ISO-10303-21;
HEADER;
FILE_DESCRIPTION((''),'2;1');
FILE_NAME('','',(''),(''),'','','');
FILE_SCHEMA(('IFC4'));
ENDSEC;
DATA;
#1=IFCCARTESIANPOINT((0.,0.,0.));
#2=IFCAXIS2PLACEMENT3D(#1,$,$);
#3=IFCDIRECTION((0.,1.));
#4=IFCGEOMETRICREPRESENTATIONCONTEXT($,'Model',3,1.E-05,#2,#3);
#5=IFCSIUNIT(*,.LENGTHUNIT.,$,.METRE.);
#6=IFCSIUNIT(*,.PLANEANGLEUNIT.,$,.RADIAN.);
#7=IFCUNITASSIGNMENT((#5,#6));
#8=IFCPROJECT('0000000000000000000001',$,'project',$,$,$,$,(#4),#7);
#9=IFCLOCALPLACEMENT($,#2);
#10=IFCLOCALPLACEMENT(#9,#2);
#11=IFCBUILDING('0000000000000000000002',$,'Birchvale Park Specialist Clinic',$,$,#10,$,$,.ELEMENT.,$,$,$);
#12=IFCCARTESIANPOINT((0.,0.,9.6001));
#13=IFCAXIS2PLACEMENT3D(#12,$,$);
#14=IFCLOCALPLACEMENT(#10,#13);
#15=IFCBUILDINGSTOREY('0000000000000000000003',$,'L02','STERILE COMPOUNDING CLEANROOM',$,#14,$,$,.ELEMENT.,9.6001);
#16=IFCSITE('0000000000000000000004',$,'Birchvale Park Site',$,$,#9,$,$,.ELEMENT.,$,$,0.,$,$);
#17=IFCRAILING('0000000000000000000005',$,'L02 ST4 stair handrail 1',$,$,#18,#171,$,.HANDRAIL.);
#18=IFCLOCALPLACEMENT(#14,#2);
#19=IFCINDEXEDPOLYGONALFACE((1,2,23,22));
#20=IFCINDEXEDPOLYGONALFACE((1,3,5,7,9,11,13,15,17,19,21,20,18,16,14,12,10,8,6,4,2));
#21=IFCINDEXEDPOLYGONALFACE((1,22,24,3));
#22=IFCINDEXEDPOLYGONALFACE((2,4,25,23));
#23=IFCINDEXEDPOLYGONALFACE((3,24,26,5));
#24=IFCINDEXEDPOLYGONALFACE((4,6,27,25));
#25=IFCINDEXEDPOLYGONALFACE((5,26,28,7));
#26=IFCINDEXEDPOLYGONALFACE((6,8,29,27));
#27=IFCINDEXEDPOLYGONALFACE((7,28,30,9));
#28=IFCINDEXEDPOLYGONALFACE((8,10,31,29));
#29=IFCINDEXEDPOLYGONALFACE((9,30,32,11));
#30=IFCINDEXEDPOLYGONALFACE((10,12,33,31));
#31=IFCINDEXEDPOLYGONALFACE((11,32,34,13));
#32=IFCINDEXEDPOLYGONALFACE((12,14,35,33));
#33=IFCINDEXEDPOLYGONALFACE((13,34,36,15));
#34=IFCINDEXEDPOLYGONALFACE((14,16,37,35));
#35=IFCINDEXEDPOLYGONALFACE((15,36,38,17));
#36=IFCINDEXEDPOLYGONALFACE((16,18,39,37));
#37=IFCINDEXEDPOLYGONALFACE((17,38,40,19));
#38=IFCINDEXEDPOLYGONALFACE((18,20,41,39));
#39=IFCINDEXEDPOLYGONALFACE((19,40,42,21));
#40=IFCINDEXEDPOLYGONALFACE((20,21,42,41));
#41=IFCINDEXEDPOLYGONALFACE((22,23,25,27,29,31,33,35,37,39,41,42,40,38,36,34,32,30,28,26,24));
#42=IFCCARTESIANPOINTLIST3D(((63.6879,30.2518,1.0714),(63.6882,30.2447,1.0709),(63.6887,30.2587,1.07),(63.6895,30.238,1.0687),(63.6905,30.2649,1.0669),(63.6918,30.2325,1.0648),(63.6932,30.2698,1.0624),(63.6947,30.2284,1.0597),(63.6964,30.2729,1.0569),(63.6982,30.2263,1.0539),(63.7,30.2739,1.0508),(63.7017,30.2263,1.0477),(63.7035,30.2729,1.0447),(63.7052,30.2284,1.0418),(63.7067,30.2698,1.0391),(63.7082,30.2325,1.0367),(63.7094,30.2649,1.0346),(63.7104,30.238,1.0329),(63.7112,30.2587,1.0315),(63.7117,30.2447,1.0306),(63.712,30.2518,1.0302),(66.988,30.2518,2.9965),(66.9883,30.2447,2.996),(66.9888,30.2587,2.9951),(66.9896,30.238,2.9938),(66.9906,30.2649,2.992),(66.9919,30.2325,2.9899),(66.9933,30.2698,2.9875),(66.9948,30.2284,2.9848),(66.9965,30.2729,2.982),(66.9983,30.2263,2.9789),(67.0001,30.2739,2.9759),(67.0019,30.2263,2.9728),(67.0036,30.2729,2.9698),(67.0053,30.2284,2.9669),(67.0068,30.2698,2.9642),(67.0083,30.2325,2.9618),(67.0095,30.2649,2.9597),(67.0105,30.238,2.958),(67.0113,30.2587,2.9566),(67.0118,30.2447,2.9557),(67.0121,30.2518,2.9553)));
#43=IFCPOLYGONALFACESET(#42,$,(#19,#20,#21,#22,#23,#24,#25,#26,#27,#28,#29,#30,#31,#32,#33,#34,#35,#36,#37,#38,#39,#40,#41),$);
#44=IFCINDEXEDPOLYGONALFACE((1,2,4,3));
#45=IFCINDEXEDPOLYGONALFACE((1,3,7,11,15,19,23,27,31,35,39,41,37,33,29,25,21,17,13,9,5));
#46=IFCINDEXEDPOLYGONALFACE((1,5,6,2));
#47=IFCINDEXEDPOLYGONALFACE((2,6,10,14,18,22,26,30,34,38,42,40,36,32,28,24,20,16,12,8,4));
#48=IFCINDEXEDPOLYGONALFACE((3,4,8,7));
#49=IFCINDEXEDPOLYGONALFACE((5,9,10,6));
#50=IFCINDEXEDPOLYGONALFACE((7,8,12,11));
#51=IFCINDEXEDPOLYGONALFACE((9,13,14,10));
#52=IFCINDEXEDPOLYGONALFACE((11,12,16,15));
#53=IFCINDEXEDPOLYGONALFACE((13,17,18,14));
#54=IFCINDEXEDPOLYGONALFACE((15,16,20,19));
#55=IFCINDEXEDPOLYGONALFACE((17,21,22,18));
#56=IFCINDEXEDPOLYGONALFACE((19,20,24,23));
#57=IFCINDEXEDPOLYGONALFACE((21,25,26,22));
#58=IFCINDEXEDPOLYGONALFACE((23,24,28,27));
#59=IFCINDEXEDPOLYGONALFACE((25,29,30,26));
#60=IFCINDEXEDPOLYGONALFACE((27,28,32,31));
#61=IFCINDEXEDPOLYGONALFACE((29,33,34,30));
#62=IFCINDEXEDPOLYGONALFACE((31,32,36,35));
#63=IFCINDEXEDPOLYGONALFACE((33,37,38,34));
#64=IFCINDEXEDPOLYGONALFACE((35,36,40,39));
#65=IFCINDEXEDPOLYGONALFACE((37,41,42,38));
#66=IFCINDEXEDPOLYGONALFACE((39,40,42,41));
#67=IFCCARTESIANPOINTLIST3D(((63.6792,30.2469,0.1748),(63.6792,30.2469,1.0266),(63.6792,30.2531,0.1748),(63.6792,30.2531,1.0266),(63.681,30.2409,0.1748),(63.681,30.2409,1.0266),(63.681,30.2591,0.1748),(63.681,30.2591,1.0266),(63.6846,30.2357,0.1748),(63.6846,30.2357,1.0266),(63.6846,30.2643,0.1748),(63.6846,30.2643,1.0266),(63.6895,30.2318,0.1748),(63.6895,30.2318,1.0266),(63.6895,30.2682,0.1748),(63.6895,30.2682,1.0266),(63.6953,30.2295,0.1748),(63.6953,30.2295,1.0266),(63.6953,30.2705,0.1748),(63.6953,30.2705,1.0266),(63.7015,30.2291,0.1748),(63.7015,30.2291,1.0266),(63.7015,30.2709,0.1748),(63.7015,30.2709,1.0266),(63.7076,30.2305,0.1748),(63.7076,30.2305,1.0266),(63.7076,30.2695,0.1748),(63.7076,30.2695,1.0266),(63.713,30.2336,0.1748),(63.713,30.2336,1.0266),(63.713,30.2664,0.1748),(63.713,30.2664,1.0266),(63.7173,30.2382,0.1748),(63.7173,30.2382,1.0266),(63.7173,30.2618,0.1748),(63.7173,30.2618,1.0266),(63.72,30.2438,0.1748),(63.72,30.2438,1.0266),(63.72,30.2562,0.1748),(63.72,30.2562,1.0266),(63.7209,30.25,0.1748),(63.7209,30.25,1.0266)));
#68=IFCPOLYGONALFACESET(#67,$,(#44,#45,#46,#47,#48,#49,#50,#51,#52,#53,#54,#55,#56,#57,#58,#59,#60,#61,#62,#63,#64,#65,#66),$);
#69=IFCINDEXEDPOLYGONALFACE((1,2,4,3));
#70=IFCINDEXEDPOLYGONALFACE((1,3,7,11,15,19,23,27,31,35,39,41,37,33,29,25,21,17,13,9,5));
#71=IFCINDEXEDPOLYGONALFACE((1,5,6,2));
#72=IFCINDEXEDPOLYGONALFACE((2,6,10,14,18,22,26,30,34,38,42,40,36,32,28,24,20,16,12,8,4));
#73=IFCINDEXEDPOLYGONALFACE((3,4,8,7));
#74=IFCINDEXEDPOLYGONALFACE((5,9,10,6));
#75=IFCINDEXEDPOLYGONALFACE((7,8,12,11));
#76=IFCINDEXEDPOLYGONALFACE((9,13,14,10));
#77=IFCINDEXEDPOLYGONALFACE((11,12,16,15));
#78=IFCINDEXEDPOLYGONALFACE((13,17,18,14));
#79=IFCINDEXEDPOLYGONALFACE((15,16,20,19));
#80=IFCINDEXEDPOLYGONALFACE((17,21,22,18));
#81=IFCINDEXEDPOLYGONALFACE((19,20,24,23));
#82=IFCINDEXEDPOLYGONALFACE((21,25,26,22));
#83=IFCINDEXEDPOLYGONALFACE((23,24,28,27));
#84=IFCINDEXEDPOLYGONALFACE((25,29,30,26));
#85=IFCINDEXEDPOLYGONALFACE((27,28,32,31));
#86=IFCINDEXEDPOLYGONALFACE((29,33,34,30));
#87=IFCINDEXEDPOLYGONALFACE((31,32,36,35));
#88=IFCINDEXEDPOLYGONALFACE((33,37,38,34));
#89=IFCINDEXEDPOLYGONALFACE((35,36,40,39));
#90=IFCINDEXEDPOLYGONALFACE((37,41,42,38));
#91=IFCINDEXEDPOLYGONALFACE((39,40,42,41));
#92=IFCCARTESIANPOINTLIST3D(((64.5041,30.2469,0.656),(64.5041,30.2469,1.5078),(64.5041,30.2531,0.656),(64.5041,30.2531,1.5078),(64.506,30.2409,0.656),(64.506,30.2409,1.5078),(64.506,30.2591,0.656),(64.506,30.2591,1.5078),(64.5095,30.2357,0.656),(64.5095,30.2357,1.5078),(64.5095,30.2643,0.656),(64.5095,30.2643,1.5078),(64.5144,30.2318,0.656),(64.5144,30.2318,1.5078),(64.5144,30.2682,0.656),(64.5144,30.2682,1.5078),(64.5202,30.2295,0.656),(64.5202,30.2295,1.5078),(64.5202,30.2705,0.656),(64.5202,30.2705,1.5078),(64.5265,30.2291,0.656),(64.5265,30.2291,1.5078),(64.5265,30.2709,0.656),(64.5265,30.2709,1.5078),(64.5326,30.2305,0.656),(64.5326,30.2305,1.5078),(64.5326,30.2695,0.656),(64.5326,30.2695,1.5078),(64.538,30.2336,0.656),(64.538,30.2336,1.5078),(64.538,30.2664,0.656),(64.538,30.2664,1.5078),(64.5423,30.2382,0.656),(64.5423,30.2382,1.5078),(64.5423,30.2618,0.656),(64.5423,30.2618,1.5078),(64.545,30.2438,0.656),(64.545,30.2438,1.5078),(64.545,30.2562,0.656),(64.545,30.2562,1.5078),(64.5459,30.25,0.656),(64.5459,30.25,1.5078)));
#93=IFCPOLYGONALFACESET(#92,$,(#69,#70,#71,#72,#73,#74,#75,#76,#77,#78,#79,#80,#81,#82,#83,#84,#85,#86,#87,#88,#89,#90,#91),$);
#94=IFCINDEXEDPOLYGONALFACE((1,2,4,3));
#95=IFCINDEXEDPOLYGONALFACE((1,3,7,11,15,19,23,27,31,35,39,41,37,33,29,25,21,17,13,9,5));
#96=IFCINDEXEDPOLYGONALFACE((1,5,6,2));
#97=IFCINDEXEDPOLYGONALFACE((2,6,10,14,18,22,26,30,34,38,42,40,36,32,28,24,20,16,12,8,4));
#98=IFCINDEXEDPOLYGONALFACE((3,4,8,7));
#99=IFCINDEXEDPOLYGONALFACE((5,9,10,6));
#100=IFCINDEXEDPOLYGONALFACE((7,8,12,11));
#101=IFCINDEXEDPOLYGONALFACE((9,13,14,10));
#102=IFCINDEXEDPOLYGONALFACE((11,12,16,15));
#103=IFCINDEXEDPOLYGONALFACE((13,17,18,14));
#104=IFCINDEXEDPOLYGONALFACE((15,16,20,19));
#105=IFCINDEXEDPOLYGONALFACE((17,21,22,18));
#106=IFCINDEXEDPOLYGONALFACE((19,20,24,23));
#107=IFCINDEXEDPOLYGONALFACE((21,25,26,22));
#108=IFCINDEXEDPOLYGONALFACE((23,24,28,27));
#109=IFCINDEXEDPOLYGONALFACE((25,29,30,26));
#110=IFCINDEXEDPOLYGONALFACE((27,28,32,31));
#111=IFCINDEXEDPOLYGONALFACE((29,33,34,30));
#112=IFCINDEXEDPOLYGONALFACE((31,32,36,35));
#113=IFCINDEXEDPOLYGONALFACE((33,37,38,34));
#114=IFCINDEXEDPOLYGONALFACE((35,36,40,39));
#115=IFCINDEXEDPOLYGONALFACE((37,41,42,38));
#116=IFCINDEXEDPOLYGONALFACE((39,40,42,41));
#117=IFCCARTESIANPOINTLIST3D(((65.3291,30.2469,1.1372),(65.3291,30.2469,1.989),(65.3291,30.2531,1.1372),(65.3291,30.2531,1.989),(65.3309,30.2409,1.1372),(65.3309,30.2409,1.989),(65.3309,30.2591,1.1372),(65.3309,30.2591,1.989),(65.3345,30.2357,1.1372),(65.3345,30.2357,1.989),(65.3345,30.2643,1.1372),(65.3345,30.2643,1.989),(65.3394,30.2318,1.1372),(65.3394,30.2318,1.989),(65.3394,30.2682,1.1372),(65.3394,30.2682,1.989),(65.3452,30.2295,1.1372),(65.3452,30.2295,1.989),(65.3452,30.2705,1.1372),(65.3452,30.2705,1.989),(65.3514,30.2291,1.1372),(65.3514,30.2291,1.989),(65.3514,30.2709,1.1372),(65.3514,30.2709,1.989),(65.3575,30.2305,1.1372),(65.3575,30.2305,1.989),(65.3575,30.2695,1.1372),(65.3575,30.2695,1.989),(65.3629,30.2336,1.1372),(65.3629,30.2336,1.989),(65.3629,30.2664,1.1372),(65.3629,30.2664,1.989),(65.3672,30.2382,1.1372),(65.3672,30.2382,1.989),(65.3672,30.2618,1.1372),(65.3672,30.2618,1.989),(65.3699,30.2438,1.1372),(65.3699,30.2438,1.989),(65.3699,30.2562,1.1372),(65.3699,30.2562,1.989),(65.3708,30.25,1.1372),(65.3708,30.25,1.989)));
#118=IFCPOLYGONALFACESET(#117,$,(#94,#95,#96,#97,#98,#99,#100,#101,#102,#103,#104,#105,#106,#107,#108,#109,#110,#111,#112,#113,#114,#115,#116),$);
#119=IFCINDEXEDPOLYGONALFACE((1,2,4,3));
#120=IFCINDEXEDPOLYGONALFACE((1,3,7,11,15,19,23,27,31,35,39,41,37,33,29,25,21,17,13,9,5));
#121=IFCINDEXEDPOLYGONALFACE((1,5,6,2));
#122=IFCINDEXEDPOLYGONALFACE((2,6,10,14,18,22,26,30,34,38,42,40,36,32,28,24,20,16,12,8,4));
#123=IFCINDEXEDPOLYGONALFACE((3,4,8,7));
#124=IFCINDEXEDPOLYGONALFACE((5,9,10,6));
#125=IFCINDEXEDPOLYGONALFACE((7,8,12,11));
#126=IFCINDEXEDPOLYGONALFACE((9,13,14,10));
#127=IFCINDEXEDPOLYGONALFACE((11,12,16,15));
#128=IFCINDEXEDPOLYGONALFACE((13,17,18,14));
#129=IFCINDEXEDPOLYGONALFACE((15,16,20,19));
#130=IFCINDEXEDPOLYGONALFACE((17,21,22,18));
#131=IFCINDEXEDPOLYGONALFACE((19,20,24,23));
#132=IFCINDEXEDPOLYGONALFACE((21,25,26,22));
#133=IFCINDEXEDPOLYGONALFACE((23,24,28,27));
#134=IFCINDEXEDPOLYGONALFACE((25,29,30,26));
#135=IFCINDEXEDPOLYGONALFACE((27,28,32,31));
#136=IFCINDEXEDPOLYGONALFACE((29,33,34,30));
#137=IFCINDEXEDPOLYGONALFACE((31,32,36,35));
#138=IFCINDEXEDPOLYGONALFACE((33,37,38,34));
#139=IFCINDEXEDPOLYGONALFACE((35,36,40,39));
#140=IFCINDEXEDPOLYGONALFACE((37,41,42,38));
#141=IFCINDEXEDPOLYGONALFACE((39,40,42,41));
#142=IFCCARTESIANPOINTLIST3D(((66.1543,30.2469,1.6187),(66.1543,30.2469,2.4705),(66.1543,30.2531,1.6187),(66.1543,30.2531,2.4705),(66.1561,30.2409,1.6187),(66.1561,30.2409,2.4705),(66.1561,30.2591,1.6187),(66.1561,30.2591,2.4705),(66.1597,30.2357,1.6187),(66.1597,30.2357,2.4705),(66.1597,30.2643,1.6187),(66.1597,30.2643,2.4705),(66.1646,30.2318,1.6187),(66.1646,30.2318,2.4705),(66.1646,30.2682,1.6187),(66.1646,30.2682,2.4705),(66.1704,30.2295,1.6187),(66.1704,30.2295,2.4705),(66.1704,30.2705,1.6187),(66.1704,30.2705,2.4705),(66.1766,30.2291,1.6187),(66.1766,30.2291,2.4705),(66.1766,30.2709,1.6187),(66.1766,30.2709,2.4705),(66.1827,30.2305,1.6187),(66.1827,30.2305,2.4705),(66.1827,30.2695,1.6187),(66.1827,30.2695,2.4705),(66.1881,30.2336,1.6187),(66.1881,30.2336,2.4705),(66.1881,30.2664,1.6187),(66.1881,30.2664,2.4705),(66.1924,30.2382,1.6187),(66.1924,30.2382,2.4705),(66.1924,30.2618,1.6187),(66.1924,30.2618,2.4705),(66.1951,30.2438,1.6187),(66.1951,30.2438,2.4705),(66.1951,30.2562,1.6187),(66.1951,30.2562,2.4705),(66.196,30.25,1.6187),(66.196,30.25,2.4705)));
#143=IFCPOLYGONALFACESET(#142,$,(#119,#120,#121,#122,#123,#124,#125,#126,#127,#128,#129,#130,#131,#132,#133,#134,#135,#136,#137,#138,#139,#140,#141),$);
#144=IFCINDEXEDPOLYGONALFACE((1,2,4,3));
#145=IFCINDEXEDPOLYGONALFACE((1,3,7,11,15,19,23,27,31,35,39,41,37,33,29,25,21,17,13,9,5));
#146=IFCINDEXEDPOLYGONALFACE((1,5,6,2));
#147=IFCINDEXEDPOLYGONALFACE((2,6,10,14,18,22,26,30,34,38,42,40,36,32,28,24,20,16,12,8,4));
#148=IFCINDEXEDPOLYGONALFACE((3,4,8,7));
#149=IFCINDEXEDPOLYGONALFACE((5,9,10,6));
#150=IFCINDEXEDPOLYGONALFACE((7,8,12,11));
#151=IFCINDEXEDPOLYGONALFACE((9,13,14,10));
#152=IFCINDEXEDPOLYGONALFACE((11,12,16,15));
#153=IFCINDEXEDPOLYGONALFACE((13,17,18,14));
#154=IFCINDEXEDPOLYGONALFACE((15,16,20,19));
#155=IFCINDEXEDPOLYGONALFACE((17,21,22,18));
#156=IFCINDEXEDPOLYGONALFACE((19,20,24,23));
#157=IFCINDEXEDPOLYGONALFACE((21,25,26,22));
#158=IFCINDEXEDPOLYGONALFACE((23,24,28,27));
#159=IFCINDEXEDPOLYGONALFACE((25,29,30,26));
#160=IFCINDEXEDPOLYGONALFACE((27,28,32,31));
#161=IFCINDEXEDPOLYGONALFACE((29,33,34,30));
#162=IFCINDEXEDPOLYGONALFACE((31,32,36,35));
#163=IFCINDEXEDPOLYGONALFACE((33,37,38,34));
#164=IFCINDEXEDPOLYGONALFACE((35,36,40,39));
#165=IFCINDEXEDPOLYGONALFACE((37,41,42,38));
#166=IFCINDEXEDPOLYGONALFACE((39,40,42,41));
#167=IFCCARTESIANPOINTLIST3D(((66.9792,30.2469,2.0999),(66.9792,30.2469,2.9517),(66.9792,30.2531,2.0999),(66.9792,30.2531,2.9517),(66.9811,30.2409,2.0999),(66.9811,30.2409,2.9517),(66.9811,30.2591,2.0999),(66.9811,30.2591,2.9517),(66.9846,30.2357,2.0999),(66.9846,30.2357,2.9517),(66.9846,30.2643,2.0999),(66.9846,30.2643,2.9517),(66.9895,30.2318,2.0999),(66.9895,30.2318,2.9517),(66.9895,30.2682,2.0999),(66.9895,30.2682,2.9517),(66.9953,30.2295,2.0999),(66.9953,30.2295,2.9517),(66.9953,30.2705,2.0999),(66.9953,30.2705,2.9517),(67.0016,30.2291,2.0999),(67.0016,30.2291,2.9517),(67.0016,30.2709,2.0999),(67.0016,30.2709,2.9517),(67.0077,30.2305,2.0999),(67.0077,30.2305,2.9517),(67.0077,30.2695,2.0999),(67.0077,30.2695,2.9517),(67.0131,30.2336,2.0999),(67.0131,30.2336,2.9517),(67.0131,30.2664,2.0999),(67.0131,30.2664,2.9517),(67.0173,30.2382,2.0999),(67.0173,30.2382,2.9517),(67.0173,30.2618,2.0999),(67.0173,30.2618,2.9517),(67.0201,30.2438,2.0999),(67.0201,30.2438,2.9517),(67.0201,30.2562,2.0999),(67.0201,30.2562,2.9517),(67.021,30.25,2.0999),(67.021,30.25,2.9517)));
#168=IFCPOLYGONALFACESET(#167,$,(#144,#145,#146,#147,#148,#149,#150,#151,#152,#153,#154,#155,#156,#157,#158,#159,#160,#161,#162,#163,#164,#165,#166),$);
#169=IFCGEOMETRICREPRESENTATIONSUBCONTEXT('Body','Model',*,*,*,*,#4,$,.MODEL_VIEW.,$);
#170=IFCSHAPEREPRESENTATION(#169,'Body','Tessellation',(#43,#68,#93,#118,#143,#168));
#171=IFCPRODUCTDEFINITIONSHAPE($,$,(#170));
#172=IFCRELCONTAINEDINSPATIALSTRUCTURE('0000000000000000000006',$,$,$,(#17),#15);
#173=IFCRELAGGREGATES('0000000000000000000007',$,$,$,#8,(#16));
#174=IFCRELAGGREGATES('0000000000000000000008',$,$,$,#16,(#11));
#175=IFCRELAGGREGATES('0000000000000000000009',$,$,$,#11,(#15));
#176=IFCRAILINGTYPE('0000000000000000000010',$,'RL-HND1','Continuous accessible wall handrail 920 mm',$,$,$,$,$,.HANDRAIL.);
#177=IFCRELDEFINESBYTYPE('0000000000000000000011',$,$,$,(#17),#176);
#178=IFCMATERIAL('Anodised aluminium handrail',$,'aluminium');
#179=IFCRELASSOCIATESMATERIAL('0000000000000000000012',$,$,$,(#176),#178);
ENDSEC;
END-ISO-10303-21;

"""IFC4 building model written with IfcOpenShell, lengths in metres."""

from ifc_helpers import new_model, si_unit, direction, frame, origin, origin_2d, place, context, subcontext, project, spatial, circle, extrude, material, type_object, element, save


model = new_model("IFC4")

# Units and contexts
model_context = context("Model", 3, precision=1e-05, world=origin(), true_north=direction((0.0, 1.0)))
body_context = subcontext(model_context, "Body", "Model", "MODEL_VIEW")
ifc_project = project(units=[si_unit("LENGTHUNIT", "METRE"), si_unit("PLANEANGLEUNIT", "RADIAN")], contexts=[model_context])

# Site, building, storey
site_placement = place(None, origin())
site = spatial("IfcSite", under=ifc_project, at=site_placement, Name="Birchvale Park Site", CompositionType="ELEMENT", RefElevation=0.0)
building_placement = place(site_placement, origin())
building = spatial("IfcBuilding", under=site, at=building_placement, Name="Birchvale Park Specialist Clinic", CompositionType="ELEMENT")
storey_placement = place(building_placement, frame((0.0, 0.0, 9.6001)))
storey = spatial("IfcBuildingStorey", under=building, at=storey_placement, Name="L02", Description="STERILE COMPOUNDING CLEANROOM", CompositionType="ELEMENT", Elevation=9.6001)

# Railing
ifc_material_1 = material(Name="Anodised aluminium handrail", Category="aluminium")
railing_type_1 = type_object("IfcRailingType", Name="RL-HND1", Description="Continuous accessible wall handrail 920 mm", PredefinedType="HANDRAIL", material=ifc_material_1)
railing_1_placement = place(storey_placement, frame((63.7, 30.25, 0.1748)))
element("IfcRailing", 1, at=railing_1_placement, inside=storey, type_object=railing_type_1, Name="L02 ST4 stair handrail 1", PredefinedType="HANDRAIL", context=body_context, shape_type="SweptSolid", body=[
    extrude(circle(Radius=0.0239, at=origin_2d()), frame((0.0, 0.0, 0.876), z_axis=(0.863777, 0.0, 0.503875), x_axis=(0.0, 1.0, 0.0)), (0.0, 0.0, 1.0), 3.8206),
    extrude(circle(Radius=0.021, at=origin_2d()), origin(), (0.0, 0.0, 1.0), 0.8518),
    extrude(circle(Radius=0.021, at=origin_2d()), frame((0.825, 0.0, 0.4812)), (0.0, 0.0, 1.0), 0.8518),
    extrude(circle(Radius=0.021, at=origin_2d()), frame((1.6499, 0.0, 0.9624)), (0.0, 0.0, 1.0), 0.8518),
    extrude(circle(Radius=0.021, at=origin_2d()), frame((2.4751, 0.0, 1.4438)), (0.0, 0.0, 1.0), 0.8518),
    extrude(circle(Radius=0.021, at=origin_2d()), frame((3.3, 0.0, 1.925)), (0.0, 0.0, 1.0), 0.8518),
])

save(model, "model.ifc")
